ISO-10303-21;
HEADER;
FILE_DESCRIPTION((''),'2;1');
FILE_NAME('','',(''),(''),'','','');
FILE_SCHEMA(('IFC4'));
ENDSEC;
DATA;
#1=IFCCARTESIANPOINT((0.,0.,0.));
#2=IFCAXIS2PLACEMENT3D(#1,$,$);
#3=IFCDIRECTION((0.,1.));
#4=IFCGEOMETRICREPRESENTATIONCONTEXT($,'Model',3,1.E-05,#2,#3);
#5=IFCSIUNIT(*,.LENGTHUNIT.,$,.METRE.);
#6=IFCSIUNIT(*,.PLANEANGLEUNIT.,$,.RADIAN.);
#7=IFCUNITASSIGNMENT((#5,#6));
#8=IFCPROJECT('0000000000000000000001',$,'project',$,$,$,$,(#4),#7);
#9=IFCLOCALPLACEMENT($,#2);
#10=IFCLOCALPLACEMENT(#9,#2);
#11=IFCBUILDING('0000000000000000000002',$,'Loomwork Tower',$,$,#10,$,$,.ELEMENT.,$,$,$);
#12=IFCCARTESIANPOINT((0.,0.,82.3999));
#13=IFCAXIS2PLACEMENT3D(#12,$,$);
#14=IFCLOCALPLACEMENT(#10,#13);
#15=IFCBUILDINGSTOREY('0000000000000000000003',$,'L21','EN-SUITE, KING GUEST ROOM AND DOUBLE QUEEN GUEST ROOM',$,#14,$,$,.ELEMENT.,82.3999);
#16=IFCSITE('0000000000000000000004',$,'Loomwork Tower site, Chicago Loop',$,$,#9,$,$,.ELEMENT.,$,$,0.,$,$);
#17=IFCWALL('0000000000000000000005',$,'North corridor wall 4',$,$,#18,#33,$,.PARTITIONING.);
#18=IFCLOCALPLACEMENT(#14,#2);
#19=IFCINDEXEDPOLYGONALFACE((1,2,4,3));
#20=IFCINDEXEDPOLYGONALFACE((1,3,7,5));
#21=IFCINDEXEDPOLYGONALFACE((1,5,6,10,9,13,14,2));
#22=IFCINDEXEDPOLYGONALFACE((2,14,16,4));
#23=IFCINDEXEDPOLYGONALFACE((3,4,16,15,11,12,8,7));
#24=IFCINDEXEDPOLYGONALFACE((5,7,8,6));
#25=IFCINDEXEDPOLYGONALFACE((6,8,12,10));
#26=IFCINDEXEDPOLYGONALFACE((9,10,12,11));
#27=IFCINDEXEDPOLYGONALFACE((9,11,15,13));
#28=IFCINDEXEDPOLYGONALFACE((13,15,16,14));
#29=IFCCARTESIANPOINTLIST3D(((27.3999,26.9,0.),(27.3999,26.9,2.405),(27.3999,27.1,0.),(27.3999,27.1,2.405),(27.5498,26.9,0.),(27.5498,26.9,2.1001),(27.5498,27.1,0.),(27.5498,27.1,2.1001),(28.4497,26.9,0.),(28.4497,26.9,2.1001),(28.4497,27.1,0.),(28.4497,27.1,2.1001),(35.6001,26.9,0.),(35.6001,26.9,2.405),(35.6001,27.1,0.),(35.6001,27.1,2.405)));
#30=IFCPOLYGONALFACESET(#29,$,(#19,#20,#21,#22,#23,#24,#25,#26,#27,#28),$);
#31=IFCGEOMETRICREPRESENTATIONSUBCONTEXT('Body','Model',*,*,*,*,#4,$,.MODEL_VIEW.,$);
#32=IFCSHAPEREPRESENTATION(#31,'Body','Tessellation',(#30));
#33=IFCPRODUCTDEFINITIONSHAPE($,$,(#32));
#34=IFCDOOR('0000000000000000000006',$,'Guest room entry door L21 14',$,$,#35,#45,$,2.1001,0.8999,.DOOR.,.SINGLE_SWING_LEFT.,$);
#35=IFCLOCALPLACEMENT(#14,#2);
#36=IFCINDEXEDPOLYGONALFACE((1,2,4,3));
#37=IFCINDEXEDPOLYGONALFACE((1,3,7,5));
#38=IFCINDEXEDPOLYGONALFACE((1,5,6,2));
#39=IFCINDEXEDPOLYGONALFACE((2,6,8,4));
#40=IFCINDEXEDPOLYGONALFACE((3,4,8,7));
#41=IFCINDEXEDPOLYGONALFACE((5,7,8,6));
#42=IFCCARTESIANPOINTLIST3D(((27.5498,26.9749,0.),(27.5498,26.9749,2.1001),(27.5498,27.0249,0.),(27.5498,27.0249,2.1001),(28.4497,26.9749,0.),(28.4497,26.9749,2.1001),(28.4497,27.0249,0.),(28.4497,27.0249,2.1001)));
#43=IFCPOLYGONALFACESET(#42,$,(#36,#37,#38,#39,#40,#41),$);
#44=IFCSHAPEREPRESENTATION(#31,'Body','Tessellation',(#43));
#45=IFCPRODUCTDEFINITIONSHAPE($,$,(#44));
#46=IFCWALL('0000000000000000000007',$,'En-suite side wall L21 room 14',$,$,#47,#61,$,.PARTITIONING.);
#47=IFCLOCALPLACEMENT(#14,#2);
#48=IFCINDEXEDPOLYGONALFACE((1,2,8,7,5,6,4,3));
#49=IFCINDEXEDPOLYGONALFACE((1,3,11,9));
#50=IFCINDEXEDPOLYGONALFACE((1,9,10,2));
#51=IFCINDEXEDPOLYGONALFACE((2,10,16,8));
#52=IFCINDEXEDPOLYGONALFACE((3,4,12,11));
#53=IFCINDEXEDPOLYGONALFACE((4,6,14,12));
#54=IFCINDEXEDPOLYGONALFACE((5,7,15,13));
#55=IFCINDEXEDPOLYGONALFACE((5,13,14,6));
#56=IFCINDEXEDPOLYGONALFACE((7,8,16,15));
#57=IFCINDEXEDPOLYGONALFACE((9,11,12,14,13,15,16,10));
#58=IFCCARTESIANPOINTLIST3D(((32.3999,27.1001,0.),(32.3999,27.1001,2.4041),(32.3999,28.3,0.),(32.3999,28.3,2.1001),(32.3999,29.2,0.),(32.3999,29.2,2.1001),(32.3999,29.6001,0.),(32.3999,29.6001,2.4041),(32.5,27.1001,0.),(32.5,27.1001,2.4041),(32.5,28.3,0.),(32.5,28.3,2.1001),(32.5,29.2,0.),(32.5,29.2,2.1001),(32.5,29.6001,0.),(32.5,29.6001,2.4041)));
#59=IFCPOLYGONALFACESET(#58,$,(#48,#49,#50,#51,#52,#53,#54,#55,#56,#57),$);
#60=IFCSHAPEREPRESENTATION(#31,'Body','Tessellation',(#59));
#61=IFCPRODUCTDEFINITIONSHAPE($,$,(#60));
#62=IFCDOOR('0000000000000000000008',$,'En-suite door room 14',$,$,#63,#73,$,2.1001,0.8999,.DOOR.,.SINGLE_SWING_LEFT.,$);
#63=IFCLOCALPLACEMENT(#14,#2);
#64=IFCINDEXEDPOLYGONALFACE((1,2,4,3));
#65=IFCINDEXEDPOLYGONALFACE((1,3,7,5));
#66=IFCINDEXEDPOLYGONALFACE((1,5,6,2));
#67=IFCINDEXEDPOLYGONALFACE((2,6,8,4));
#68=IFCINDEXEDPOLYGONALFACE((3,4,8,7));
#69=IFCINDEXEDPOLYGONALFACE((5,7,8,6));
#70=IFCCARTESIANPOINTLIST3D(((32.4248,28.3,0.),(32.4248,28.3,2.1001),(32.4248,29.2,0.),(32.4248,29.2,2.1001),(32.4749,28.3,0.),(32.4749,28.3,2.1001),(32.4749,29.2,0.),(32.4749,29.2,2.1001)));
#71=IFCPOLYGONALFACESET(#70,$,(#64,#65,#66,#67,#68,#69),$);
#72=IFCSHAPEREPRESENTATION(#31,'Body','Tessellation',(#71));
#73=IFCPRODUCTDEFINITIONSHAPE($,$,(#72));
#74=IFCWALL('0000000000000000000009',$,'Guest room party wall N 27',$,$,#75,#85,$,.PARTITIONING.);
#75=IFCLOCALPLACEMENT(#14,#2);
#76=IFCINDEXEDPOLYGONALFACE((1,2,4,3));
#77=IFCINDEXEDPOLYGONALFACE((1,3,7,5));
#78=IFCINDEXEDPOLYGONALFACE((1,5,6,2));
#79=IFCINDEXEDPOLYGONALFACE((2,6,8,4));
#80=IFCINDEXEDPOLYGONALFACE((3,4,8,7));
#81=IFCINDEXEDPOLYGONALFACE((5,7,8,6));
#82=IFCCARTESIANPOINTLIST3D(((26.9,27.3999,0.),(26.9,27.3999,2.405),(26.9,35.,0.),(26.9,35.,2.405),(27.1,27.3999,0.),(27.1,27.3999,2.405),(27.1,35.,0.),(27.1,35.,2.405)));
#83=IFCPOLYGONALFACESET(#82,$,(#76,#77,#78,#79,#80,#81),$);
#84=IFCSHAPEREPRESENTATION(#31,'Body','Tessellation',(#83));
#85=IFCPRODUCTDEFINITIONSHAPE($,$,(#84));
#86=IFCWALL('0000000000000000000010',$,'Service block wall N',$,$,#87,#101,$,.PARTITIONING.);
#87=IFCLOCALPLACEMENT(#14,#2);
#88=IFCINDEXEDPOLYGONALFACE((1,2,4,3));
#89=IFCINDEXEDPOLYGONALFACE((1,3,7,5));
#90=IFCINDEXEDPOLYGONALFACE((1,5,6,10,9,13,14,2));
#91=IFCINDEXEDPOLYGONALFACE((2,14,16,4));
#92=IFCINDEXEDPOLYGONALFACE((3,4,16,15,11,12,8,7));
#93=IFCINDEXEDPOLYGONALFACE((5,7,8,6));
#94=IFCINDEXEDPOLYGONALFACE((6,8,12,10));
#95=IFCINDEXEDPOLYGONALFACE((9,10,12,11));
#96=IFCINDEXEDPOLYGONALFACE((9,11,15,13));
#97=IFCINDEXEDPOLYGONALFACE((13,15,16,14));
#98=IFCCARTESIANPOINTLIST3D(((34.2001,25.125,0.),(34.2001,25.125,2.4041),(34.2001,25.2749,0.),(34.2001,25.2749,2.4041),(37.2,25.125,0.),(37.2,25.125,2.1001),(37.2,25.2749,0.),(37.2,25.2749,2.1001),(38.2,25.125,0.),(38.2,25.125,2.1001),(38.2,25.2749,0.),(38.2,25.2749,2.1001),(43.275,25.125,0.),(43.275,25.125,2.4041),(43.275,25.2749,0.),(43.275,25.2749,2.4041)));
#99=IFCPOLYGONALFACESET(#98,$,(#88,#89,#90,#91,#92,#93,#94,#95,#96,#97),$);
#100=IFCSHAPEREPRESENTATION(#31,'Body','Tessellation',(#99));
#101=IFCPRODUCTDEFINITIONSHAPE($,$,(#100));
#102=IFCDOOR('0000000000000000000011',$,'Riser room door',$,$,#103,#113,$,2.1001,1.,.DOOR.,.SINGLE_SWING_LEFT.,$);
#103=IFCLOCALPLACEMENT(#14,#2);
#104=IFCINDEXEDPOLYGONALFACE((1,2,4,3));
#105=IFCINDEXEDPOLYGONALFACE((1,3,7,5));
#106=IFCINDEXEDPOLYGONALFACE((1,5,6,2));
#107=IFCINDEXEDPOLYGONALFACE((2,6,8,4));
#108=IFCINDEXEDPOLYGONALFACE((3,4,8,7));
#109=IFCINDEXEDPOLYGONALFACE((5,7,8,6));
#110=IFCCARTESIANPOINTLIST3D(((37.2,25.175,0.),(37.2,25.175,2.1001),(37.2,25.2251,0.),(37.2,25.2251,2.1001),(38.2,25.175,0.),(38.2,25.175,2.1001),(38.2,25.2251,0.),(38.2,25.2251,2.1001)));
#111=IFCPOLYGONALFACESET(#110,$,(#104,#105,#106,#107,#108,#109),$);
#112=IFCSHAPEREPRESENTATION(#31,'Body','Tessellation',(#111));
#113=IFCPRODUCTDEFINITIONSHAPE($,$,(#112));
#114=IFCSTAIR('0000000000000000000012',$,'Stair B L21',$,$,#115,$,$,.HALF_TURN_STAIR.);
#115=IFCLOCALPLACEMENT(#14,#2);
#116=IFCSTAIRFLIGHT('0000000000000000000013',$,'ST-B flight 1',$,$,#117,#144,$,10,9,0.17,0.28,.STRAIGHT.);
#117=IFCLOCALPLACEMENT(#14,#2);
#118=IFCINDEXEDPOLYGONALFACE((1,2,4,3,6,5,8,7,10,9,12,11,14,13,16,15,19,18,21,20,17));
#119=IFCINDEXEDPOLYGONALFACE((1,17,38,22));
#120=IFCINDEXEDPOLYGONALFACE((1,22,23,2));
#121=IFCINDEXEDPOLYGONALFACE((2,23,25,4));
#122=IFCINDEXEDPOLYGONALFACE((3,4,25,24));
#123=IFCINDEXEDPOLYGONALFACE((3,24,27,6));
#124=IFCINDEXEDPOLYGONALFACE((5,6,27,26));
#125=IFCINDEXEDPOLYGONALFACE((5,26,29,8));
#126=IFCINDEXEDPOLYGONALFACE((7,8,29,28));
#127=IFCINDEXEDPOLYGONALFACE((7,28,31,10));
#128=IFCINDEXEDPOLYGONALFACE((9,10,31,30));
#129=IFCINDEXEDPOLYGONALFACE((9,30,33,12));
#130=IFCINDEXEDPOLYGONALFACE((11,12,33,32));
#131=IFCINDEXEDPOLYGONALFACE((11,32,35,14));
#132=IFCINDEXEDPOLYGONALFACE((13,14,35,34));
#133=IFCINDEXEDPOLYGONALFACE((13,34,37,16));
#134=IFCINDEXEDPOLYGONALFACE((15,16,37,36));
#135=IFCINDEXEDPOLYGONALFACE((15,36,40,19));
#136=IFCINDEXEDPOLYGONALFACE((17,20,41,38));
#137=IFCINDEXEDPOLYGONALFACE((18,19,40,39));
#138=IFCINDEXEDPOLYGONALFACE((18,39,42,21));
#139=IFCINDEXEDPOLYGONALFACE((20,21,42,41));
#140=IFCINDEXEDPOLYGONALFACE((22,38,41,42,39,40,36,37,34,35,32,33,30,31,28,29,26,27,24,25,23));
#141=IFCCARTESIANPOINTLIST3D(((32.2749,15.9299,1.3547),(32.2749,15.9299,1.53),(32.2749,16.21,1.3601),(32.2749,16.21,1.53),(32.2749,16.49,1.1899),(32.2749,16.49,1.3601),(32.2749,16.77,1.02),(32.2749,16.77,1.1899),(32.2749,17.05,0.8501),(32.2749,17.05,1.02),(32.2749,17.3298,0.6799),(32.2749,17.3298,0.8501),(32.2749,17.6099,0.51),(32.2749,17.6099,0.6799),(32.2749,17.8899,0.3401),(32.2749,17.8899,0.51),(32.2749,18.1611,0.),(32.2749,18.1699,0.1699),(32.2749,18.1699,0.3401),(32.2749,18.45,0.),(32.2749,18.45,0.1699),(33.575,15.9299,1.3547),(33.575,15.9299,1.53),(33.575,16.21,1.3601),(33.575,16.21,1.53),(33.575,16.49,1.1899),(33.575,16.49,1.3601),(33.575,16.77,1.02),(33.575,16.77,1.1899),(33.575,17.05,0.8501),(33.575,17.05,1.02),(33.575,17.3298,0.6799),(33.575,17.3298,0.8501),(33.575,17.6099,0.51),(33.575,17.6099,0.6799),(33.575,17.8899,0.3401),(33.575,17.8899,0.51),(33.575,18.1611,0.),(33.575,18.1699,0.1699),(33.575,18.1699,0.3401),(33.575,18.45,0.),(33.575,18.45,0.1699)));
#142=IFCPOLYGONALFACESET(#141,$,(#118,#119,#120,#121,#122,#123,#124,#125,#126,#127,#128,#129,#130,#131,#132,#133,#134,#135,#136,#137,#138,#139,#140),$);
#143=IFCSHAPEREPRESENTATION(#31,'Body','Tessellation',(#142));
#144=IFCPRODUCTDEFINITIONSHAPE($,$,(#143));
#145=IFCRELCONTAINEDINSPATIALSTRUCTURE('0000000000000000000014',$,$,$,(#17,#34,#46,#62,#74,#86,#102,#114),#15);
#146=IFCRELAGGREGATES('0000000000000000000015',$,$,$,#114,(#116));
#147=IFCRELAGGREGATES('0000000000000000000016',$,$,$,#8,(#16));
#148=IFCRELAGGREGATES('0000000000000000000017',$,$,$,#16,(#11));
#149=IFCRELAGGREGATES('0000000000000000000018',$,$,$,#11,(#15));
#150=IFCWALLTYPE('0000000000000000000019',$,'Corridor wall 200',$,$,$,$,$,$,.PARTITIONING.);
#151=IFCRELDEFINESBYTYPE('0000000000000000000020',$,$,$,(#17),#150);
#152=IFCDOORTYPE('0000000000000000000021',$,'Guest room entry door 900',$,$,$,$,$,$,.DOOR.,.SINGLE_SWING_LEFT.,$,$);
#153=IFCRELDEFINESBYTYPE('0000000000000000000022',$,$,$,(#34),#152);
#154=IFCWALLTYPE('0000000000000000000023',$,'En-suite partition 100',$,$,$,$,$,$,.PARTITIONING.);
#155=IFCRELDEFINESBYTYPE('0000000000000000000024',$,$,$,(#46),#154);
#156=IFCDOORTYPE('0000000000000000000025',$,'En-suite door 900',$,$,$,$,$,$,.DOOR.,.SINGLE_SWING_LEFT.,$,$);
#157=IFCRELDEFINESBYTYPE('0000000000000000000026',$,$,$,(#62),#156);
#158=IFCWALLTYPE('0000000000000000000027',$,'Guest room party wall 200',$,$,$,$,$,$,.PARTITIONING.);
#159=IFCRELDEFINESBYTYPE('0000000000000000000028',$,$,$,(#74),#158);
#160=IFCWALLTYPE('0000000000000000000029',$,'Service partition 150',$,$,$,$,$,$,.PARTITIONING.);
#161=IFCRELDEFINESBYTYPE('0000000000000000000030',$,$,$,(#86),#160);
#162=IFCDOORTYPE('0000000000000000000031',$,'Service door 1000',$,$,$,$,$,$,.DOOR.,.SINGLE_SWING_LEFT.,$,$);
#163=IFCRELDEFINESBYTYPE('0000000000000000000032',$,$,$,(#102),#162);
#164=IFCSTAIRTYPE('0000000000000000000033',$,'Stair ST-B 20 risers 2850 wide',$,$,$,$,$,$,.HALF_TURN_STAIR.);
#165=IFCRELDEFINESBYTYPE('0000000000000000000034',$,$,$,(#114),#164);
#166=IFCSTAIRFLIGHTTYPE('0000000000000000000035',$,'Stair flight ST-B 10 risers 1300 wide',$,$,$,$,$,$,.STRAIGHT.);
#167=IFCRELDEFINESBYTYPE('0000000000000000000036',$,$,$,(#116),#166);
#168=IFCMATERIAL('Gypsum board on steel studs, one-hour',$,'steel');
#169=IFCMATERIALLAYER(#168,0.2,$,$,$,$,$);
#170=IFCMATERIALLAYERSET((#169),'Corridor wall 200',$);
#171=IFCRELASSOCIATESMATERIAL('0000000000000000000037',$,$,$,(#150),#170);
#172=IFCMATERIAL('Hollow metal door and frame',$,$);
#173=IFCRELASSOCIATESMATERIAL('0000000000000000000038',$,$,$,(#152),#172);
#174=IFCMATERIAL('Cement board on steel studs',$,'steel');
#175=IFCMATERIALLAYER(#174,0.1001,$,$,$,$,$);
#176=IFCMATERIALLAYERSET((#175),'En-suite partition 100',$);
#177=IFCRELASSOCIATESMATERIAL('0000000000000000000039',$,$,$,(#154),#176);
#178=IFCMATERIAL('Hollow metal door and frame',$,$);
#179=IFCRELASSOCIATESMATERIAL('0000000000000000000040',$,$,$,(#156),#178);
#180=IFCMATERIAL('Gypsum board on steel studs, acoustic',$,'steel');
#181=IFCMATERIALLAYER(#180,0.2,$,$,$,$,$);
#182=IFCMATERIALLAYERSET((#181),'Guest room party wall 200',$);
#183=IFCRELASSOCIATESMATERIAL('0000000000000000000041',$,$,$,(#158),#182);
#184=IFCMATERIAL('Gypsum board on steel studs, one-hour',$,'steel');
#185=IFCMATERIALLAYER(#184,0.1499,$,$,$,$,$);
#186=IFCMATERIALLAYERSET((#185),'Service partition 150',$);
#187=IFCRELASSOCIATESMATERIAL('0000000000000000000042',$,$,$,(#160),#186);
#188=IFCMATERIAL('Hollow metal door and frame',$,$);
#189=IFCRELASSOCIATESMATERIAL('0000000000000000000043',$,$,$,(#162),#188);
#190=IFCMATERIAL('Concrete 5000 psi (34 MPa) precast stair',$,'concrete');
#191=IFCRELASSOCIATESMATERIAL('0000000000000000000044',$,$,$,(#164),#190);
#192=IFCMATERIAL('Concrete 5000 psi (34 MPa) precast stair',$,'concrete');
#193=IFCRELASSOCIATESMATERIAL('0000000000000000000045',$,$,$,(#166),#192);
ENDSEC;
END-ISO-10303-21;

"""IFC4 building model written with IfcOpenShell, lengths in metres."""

from ifc_helpers import new_model, si_unit, direction, frame, frame_2d, origin, place, context, subcontext, project, spatial, polyline, rectangle, outline, extrude, material, layer, layer_set, type_object, element, fill, aggregate, save


model = new_model("IFC4")

# Units and contexts
model_context = context("Model", 3, precision=1e-05, world=origin(), true_north=direction((0.0, 1.0)))
body_context = subcontext(model_context, "Body", "Model", "MODEL_VIEW")
ifc_project = project(units=[si_unit("LENGTHUNIT", "METRE"), si_unit("PLANEANGLEUNIT", "RADIAN")], contexts=[model_context])

# Site, building, storey
site_placement = place(None, origin())
site = spatial("IfcSite", under=ifc_project, at=site_placement, Name="Loomwork Tower site, Chicago Loop", CompositionType="ELEMENT", RefElevation=0.0)
building_placement = place(site_placement, origin())
building = spatial("IfcBuilding", under=site, at=building_placement, Name="Loomwork Tower", CompositionType="ELEMENT")
storey_placement = place(building_placement, frame((0.0, 0.0, 82.3999)))
storey = spatial("IfcBuildingStorey", under=building, at=storey_placement, Name="L21", Description="EN-SUITE, KING GUEST ROOM AND DOUBLE QUEEN GUEST ROOM", CompositionType="ELEMENT", Elevation=82.3999)

# Walls, openings, doors
ifc_material_1 = material(Name="Gypsum board on steel studs, one-hour", Category="steel")
ifc_layer_1 = layer(ifc_material_1, 0.2)
ifc_layer_set_1 = layer_set([ifc_layer_1], Name="Corridor wall 200")
wall_type_1 = type_object("IfcWallType", Name="Corridor wall 200", PredefinedType="PARTITIONING", material=ifc_layer_set_1)
wall_1_placement = place(storey_placement, frame((27.3999, 27.0, 0.0), z_axis=(0.0, 0.0, 1.0), x_axis=(1.0, 0.0, 0.0)))
wall_1 = element("IfcWall", 1, at=wall_1_placement, inside=storey, type_object=wall_type_1, Name="North corridor wall 4", PredefinedType="PARTITIONING", context=body_context, shape_type="SweptSolid", body=[
    extrude(rectangle(XDim=8.2002, YDim=0.2, at=frame_2d((4.1001, 0.0))), origin(), (0.0, 0.0, 1.0), 2.405),
])
opening_1_placement = place(wall_1_placement, frame((0.1499, 0.0, 0.0)))
opening_1 = element("IfcOpeningElement", 2, at=opening_1_placement, cuts=wall_1, PredefinedType="OPENING", context=body_context, shape_type="SweptSolid", body=[
    extrude(rectangle(XDim=0.8999, YDim=2.1001, at=frame_2d((0.45, 1.05))), frame((0.0, 0.1099, 0.0), z_axis=(0.0, -1.0, 0.0), x_axis=(1.0, 0.0, 0.0)), (0.0, 0.0, 1.0), 0.22),
])
ifc_material_2 = material(Name="Hollow metal door and frame")
door_type_1 = type_object("IfcDoorType", Name="Guest room entry door 900", OperationType="SINGLE_SWING_LEFT", PredefinedType="DOOR", material=ifc_material_2)
door_1_placement = place(opening_1_placement, origin())
door_1 = element("IfcDoor", 3, at=door_1_placement, inside=storey, type_object=door_type_1, Name="Guest room entry door L21 14", OperationType="SINGLE_SWING_LEFT", OverallHeight=2.1001, OverallWidth=0.8999, PredefinedType="DOOR", context=body_context, shape_type="SweptSolid", body=[
    extrude(rectangle(XDim=0.8999, YDim=2.1001, at=frame_2d((0.45, 1.05))), frame((0.0, 0.0249, 0.0), z_axis=(0.0, -1.0, 0.0), x_axis=(1.0, 0.0, 0.0)), (0.0, 0.0, 1.0), 0.05),
])
fill(opening_1, door_1)
ifc_material_3 = material(Name="Cement board on steel studs", Category="steel")
ifc_layer_2 = layer(ifc_material_3, 0.1001)
ifc_layer_set_2 = layer_set([ifc_layer_2], Name="En-suite partition 100")
wall_type_2 = type_object("IfcWallType", Name="En-suite partition 100", PredefinedType="PARTITIONING", material=ifc_layer_set_2)
wall_2_placement = place(storey_placement, frame((32.45, 27.1001, 0.0), z_axis=(0.0, 0.0, 1.0), x_axis=(0.0, 1.0, 0.0)))
wall_2 = element("IfcWall", 4, at=wall_2_placement, inside=storey, type_object=wall_type_2, Name="En-suite side wall L21 room 14", PredefinedType="PARTITIONING", context=body_context, shape_type="SweptSolid", body=[
    extrude(rectangle(XDim=2.5, YDim=0.1001, at=frame_2d((1.25, 0.0))), origin(), (0.0, 0.0, 1.0), 2.4041),
])
opening_2_placement = place(wall_2_placement, frame((1.2, 0.0, 0.0)))
opening_2 = element("IfcOpeningElement", 5, at=opening_2_placement, cuts=wall_2, PredefinedType="OPENING", context=body_context, shape_type="SweptSolid", body=[
    extrude(rectangle(XDim=0.8999, YDim=2.1001, at=frame_2d((0.45, 1.05))), frame((0.0, 0.0601, 0.0), z_axis=(0.0, -1.0, 0.0), x_axis=(1.0, 0.0, 0.0)), (0.0, 0.0, 1.0), 0.1201),
])
ifc_material_4 = material(Name="Hollow metal door and frame")
door_type_2 = type_object("IfcDoorType", Name="En-suite door 900", OperationType="SINGLE_SWING_LEFT", PredefinedType="DOOR", material=ifc_material_4)
door_2_placement = place(opening_2_placement, frame((0.8999, 0.0, 0.0), z_axis=(0.0, 0.0, 1.0), x_axis=(-1.0, 0.0, 0.0)))
door_2 = element("IfcDoor", 6, at=door_2_placement, inside=storey, type_object=door_type_2, Name="En-suite door room 14", OperationType="SINGLE_SWING_LEFT", OverallHeight=2.1001, OverallWidth=0.8999, PredefinedType="DOOR", context=body_context, shape_type="SweptSolid", body=[
    extrude(rectangle(XDim=0.8999, YDim=2.1001, at=frame_2d((0.45, 1.05))), frame((0.0, 0.0249, 0.0), z_axis=(0.0, -1.0, 0.0), x_axis=(1.0, 0.0, 0.0)), (0.0, 0.0, 1.0), 0.05),
])
fill(opening_2, door_2)

# Wall
ifc_material_5 = material(Name="Gypsum board on steel studs, acoustic", Category="steel")
ifc_layer_3 = layer(ifc_material_5, 0.2)
ifc_layer_set_3 = layer_set([ifc_layer_3], Name="Guest room party wall 200")
wall_type_3 = type_object("IfcWallType", Name="Guest room party wall 200", PredefinedType="PARTITIONING", material=ifc_layer_set_3)
wall_3_placement = place(storey_placement, frame((27.0, 27.3999, 0.0), z_axis=(0.0, 0.0, 1.0), x_axis=(0.0, 1.0, 0.0)))
element("IfcWall", 7, at=wall_3_placement, inside=storey, type_object=wall_type_3, Name="Guest room party wall N 27", PredefinedType="PARTITIONING", context=body_context, shape_type="SweptSolid", body=[
    extrude(rectangle(XDim=7.6001, YDim=0.2, at=frame_2d((3.8, 0.0))), origin(), (0.0, 0.0, 1.0), 2.405),
])

# Wall, opening, door
ifc_material_6 = material(Name="Gypsum board on steel studs, one-hour", Category="steel")
ifc_layer_4 = layer(ifc_material_6, 0.1499)
ifc_layer_set_4 = layer_set([ifc_layer_4], Name="Service partition 150")
wall_type_4 = type_object("IfcWallType", Name="Service partition 150", PredefinedType="PARTITIONING", material=ifc_layer_set_4)
wall_4_placement = place(storey_placement, frame((34.2, 25.2, 0.0), z_axis=(0.0, 0.0, 1.0), x_axis=(1.0, 0.0, 0.0)))
wall_4 = element("IfcWall", 8, at=wall_4_placement, inside=storey, type_object=wall_type_4, Name="Service block wall N", PredefinedType="PARTITIONING", context=body_context, shape_type="SweptSolid", body=[
    extrude(rectangle(XDim=9.075, YDim=0.1499, at=frame_2d((4.5376, 0.0))), origin(), (0.0, 0.0, 1.0), 2.4041),
])
opening_3_placement = place(wall_4_placement, frame((3.0, 0.0, 0.0)))
opening_3 = element("IfcOpeningElement", 9, at=opening_3_placement, cuts=wall_4, PredefinedType="OPENING", context=body_context, shape_type="SweptSolid", body=[
    extrude(rectangle(XDim=1.0, YDim=2.1001, at=frame_2d((0.5, 1.05))), frame((0.0, 0.085, 0.0), z_axis=(0.0, -1.0, 0.0), x_axis=(1.0, 0.0, 0.0)), (0.0, 0.0, 1.0), 0.1699),
])
ifc_material_7 = material(Name="Hollow metal door and frame")
door_type_3 = type_object("IfcDoorType", Name="Service door 1000", OperationType="SINGLE_SWING_LEFT", PredefinedType="DOOR", material=ifc_material_7)
door_3_placement = place(opening_3_placement, frame((1.0, 0.0, 0.0), z_axis=(0.0, 0.0, 1.0), x_axis=(-1.0, 0.0, 0.0)))
door_3 = element("IfcDoor", 10, at=door_3_placement, inside=storey, type_object=door_type_3, Name="Riser room door", OperationType="SINGLE_SWING_LEFT", OverallHeight=2.1001, OverallWidth=1.0, PredefinedType="DOOR", context=body_context, shape_type="SweptSolid", body=[
    extrude(rectangle(XDim=1.0, YDim=2.1001, at=frame_2d((0.5, 1.05))), frame((0.0, 0.0249, 0.0), z_axis=(0.0, -1.0, 0.0), x_axis=(1.0, 0.0, 0.0)), (0.0, 0.0, 1.0), 0.05),
])
fill(opening_3, door_3)

# Stair, stair flight
ifc_material_8 = material(Name="Concrete 5000 psi (34 MPa) precast stair", Category="concrete")
stair_type = type_object("IfcStairType", Name="Stair ST-B 20 risers 2850 wide", PredefinedType="HALF_TURN_STAIR", material=ifc_material_8)
stair_placement = place(storey_placement, origin())
stair = element("IfcStair", 11, at=stair_placement, inside=storey, type_object=stair_type, Name="Stair B L21", PredefinedType="HALF_TURN_STAIR")
ifc_material_9 = material(Name="Concrete 5000 psi (34 MPa) precast stair", Category="concrete")
stair_flight_type = type_object("IfcStairFlightType", Name="Stair flight ST-B 10 risers 1300 wide", PredefinedType="STRAIGHT", material=ifc_material_9)
stair_flight_placement = place(storey_placement, frame((32.925, 18.45, 0.0), z_axis=(0.0, 0.0, 1.0), x_axis=(0.0, -1.0, 0.0)))
stair_flight = element("IfcStairFlight", 12, at=stair_flight_placement, type_object=stair_flight_type, Name="ST-B flight 1", NumberOfRisers=10, NumberOfTreads=9, PredefinedType="STRAIGHT", RiserHeight=0.17, TreadLength=0.28, context=body_context, shape_type="SweptSolid", body=[
    extrude(outline(polyline([(0.0, 0.0), (0.0, 0.1699), (0.28, 0.1699), (0.28, 0.3401), (0.5601, 0.3401), (0.5601, 0.51), (0.8401, 0.51), (0.8401, 0.6799), (1.1201, 0.6799), (1.1201, 0.8501), (1.3999, 0.8501), (1.3999, 1.02), (1.6799, 1.02), (1.6799, 1.1899), (1.96, 1.1899), (1.96, 1.3601), (2.24, 1.3601), (2.24, 1.53), (2.52, 1.53), (2.52, 1.7), (2.52, 1.3547), (0.2888, 0.0), (0.0, 0.0)])), frame((0.0, 0.6499, 0.0), z_axis=(0.0, -1.0, 0.0), x_axis=(1.0, 0.0, 0.0)), (0.0, 0.0, 1.0), 1.3),
])
aggregate(stair, [stair_flight])

save(model, "model.ifc")
